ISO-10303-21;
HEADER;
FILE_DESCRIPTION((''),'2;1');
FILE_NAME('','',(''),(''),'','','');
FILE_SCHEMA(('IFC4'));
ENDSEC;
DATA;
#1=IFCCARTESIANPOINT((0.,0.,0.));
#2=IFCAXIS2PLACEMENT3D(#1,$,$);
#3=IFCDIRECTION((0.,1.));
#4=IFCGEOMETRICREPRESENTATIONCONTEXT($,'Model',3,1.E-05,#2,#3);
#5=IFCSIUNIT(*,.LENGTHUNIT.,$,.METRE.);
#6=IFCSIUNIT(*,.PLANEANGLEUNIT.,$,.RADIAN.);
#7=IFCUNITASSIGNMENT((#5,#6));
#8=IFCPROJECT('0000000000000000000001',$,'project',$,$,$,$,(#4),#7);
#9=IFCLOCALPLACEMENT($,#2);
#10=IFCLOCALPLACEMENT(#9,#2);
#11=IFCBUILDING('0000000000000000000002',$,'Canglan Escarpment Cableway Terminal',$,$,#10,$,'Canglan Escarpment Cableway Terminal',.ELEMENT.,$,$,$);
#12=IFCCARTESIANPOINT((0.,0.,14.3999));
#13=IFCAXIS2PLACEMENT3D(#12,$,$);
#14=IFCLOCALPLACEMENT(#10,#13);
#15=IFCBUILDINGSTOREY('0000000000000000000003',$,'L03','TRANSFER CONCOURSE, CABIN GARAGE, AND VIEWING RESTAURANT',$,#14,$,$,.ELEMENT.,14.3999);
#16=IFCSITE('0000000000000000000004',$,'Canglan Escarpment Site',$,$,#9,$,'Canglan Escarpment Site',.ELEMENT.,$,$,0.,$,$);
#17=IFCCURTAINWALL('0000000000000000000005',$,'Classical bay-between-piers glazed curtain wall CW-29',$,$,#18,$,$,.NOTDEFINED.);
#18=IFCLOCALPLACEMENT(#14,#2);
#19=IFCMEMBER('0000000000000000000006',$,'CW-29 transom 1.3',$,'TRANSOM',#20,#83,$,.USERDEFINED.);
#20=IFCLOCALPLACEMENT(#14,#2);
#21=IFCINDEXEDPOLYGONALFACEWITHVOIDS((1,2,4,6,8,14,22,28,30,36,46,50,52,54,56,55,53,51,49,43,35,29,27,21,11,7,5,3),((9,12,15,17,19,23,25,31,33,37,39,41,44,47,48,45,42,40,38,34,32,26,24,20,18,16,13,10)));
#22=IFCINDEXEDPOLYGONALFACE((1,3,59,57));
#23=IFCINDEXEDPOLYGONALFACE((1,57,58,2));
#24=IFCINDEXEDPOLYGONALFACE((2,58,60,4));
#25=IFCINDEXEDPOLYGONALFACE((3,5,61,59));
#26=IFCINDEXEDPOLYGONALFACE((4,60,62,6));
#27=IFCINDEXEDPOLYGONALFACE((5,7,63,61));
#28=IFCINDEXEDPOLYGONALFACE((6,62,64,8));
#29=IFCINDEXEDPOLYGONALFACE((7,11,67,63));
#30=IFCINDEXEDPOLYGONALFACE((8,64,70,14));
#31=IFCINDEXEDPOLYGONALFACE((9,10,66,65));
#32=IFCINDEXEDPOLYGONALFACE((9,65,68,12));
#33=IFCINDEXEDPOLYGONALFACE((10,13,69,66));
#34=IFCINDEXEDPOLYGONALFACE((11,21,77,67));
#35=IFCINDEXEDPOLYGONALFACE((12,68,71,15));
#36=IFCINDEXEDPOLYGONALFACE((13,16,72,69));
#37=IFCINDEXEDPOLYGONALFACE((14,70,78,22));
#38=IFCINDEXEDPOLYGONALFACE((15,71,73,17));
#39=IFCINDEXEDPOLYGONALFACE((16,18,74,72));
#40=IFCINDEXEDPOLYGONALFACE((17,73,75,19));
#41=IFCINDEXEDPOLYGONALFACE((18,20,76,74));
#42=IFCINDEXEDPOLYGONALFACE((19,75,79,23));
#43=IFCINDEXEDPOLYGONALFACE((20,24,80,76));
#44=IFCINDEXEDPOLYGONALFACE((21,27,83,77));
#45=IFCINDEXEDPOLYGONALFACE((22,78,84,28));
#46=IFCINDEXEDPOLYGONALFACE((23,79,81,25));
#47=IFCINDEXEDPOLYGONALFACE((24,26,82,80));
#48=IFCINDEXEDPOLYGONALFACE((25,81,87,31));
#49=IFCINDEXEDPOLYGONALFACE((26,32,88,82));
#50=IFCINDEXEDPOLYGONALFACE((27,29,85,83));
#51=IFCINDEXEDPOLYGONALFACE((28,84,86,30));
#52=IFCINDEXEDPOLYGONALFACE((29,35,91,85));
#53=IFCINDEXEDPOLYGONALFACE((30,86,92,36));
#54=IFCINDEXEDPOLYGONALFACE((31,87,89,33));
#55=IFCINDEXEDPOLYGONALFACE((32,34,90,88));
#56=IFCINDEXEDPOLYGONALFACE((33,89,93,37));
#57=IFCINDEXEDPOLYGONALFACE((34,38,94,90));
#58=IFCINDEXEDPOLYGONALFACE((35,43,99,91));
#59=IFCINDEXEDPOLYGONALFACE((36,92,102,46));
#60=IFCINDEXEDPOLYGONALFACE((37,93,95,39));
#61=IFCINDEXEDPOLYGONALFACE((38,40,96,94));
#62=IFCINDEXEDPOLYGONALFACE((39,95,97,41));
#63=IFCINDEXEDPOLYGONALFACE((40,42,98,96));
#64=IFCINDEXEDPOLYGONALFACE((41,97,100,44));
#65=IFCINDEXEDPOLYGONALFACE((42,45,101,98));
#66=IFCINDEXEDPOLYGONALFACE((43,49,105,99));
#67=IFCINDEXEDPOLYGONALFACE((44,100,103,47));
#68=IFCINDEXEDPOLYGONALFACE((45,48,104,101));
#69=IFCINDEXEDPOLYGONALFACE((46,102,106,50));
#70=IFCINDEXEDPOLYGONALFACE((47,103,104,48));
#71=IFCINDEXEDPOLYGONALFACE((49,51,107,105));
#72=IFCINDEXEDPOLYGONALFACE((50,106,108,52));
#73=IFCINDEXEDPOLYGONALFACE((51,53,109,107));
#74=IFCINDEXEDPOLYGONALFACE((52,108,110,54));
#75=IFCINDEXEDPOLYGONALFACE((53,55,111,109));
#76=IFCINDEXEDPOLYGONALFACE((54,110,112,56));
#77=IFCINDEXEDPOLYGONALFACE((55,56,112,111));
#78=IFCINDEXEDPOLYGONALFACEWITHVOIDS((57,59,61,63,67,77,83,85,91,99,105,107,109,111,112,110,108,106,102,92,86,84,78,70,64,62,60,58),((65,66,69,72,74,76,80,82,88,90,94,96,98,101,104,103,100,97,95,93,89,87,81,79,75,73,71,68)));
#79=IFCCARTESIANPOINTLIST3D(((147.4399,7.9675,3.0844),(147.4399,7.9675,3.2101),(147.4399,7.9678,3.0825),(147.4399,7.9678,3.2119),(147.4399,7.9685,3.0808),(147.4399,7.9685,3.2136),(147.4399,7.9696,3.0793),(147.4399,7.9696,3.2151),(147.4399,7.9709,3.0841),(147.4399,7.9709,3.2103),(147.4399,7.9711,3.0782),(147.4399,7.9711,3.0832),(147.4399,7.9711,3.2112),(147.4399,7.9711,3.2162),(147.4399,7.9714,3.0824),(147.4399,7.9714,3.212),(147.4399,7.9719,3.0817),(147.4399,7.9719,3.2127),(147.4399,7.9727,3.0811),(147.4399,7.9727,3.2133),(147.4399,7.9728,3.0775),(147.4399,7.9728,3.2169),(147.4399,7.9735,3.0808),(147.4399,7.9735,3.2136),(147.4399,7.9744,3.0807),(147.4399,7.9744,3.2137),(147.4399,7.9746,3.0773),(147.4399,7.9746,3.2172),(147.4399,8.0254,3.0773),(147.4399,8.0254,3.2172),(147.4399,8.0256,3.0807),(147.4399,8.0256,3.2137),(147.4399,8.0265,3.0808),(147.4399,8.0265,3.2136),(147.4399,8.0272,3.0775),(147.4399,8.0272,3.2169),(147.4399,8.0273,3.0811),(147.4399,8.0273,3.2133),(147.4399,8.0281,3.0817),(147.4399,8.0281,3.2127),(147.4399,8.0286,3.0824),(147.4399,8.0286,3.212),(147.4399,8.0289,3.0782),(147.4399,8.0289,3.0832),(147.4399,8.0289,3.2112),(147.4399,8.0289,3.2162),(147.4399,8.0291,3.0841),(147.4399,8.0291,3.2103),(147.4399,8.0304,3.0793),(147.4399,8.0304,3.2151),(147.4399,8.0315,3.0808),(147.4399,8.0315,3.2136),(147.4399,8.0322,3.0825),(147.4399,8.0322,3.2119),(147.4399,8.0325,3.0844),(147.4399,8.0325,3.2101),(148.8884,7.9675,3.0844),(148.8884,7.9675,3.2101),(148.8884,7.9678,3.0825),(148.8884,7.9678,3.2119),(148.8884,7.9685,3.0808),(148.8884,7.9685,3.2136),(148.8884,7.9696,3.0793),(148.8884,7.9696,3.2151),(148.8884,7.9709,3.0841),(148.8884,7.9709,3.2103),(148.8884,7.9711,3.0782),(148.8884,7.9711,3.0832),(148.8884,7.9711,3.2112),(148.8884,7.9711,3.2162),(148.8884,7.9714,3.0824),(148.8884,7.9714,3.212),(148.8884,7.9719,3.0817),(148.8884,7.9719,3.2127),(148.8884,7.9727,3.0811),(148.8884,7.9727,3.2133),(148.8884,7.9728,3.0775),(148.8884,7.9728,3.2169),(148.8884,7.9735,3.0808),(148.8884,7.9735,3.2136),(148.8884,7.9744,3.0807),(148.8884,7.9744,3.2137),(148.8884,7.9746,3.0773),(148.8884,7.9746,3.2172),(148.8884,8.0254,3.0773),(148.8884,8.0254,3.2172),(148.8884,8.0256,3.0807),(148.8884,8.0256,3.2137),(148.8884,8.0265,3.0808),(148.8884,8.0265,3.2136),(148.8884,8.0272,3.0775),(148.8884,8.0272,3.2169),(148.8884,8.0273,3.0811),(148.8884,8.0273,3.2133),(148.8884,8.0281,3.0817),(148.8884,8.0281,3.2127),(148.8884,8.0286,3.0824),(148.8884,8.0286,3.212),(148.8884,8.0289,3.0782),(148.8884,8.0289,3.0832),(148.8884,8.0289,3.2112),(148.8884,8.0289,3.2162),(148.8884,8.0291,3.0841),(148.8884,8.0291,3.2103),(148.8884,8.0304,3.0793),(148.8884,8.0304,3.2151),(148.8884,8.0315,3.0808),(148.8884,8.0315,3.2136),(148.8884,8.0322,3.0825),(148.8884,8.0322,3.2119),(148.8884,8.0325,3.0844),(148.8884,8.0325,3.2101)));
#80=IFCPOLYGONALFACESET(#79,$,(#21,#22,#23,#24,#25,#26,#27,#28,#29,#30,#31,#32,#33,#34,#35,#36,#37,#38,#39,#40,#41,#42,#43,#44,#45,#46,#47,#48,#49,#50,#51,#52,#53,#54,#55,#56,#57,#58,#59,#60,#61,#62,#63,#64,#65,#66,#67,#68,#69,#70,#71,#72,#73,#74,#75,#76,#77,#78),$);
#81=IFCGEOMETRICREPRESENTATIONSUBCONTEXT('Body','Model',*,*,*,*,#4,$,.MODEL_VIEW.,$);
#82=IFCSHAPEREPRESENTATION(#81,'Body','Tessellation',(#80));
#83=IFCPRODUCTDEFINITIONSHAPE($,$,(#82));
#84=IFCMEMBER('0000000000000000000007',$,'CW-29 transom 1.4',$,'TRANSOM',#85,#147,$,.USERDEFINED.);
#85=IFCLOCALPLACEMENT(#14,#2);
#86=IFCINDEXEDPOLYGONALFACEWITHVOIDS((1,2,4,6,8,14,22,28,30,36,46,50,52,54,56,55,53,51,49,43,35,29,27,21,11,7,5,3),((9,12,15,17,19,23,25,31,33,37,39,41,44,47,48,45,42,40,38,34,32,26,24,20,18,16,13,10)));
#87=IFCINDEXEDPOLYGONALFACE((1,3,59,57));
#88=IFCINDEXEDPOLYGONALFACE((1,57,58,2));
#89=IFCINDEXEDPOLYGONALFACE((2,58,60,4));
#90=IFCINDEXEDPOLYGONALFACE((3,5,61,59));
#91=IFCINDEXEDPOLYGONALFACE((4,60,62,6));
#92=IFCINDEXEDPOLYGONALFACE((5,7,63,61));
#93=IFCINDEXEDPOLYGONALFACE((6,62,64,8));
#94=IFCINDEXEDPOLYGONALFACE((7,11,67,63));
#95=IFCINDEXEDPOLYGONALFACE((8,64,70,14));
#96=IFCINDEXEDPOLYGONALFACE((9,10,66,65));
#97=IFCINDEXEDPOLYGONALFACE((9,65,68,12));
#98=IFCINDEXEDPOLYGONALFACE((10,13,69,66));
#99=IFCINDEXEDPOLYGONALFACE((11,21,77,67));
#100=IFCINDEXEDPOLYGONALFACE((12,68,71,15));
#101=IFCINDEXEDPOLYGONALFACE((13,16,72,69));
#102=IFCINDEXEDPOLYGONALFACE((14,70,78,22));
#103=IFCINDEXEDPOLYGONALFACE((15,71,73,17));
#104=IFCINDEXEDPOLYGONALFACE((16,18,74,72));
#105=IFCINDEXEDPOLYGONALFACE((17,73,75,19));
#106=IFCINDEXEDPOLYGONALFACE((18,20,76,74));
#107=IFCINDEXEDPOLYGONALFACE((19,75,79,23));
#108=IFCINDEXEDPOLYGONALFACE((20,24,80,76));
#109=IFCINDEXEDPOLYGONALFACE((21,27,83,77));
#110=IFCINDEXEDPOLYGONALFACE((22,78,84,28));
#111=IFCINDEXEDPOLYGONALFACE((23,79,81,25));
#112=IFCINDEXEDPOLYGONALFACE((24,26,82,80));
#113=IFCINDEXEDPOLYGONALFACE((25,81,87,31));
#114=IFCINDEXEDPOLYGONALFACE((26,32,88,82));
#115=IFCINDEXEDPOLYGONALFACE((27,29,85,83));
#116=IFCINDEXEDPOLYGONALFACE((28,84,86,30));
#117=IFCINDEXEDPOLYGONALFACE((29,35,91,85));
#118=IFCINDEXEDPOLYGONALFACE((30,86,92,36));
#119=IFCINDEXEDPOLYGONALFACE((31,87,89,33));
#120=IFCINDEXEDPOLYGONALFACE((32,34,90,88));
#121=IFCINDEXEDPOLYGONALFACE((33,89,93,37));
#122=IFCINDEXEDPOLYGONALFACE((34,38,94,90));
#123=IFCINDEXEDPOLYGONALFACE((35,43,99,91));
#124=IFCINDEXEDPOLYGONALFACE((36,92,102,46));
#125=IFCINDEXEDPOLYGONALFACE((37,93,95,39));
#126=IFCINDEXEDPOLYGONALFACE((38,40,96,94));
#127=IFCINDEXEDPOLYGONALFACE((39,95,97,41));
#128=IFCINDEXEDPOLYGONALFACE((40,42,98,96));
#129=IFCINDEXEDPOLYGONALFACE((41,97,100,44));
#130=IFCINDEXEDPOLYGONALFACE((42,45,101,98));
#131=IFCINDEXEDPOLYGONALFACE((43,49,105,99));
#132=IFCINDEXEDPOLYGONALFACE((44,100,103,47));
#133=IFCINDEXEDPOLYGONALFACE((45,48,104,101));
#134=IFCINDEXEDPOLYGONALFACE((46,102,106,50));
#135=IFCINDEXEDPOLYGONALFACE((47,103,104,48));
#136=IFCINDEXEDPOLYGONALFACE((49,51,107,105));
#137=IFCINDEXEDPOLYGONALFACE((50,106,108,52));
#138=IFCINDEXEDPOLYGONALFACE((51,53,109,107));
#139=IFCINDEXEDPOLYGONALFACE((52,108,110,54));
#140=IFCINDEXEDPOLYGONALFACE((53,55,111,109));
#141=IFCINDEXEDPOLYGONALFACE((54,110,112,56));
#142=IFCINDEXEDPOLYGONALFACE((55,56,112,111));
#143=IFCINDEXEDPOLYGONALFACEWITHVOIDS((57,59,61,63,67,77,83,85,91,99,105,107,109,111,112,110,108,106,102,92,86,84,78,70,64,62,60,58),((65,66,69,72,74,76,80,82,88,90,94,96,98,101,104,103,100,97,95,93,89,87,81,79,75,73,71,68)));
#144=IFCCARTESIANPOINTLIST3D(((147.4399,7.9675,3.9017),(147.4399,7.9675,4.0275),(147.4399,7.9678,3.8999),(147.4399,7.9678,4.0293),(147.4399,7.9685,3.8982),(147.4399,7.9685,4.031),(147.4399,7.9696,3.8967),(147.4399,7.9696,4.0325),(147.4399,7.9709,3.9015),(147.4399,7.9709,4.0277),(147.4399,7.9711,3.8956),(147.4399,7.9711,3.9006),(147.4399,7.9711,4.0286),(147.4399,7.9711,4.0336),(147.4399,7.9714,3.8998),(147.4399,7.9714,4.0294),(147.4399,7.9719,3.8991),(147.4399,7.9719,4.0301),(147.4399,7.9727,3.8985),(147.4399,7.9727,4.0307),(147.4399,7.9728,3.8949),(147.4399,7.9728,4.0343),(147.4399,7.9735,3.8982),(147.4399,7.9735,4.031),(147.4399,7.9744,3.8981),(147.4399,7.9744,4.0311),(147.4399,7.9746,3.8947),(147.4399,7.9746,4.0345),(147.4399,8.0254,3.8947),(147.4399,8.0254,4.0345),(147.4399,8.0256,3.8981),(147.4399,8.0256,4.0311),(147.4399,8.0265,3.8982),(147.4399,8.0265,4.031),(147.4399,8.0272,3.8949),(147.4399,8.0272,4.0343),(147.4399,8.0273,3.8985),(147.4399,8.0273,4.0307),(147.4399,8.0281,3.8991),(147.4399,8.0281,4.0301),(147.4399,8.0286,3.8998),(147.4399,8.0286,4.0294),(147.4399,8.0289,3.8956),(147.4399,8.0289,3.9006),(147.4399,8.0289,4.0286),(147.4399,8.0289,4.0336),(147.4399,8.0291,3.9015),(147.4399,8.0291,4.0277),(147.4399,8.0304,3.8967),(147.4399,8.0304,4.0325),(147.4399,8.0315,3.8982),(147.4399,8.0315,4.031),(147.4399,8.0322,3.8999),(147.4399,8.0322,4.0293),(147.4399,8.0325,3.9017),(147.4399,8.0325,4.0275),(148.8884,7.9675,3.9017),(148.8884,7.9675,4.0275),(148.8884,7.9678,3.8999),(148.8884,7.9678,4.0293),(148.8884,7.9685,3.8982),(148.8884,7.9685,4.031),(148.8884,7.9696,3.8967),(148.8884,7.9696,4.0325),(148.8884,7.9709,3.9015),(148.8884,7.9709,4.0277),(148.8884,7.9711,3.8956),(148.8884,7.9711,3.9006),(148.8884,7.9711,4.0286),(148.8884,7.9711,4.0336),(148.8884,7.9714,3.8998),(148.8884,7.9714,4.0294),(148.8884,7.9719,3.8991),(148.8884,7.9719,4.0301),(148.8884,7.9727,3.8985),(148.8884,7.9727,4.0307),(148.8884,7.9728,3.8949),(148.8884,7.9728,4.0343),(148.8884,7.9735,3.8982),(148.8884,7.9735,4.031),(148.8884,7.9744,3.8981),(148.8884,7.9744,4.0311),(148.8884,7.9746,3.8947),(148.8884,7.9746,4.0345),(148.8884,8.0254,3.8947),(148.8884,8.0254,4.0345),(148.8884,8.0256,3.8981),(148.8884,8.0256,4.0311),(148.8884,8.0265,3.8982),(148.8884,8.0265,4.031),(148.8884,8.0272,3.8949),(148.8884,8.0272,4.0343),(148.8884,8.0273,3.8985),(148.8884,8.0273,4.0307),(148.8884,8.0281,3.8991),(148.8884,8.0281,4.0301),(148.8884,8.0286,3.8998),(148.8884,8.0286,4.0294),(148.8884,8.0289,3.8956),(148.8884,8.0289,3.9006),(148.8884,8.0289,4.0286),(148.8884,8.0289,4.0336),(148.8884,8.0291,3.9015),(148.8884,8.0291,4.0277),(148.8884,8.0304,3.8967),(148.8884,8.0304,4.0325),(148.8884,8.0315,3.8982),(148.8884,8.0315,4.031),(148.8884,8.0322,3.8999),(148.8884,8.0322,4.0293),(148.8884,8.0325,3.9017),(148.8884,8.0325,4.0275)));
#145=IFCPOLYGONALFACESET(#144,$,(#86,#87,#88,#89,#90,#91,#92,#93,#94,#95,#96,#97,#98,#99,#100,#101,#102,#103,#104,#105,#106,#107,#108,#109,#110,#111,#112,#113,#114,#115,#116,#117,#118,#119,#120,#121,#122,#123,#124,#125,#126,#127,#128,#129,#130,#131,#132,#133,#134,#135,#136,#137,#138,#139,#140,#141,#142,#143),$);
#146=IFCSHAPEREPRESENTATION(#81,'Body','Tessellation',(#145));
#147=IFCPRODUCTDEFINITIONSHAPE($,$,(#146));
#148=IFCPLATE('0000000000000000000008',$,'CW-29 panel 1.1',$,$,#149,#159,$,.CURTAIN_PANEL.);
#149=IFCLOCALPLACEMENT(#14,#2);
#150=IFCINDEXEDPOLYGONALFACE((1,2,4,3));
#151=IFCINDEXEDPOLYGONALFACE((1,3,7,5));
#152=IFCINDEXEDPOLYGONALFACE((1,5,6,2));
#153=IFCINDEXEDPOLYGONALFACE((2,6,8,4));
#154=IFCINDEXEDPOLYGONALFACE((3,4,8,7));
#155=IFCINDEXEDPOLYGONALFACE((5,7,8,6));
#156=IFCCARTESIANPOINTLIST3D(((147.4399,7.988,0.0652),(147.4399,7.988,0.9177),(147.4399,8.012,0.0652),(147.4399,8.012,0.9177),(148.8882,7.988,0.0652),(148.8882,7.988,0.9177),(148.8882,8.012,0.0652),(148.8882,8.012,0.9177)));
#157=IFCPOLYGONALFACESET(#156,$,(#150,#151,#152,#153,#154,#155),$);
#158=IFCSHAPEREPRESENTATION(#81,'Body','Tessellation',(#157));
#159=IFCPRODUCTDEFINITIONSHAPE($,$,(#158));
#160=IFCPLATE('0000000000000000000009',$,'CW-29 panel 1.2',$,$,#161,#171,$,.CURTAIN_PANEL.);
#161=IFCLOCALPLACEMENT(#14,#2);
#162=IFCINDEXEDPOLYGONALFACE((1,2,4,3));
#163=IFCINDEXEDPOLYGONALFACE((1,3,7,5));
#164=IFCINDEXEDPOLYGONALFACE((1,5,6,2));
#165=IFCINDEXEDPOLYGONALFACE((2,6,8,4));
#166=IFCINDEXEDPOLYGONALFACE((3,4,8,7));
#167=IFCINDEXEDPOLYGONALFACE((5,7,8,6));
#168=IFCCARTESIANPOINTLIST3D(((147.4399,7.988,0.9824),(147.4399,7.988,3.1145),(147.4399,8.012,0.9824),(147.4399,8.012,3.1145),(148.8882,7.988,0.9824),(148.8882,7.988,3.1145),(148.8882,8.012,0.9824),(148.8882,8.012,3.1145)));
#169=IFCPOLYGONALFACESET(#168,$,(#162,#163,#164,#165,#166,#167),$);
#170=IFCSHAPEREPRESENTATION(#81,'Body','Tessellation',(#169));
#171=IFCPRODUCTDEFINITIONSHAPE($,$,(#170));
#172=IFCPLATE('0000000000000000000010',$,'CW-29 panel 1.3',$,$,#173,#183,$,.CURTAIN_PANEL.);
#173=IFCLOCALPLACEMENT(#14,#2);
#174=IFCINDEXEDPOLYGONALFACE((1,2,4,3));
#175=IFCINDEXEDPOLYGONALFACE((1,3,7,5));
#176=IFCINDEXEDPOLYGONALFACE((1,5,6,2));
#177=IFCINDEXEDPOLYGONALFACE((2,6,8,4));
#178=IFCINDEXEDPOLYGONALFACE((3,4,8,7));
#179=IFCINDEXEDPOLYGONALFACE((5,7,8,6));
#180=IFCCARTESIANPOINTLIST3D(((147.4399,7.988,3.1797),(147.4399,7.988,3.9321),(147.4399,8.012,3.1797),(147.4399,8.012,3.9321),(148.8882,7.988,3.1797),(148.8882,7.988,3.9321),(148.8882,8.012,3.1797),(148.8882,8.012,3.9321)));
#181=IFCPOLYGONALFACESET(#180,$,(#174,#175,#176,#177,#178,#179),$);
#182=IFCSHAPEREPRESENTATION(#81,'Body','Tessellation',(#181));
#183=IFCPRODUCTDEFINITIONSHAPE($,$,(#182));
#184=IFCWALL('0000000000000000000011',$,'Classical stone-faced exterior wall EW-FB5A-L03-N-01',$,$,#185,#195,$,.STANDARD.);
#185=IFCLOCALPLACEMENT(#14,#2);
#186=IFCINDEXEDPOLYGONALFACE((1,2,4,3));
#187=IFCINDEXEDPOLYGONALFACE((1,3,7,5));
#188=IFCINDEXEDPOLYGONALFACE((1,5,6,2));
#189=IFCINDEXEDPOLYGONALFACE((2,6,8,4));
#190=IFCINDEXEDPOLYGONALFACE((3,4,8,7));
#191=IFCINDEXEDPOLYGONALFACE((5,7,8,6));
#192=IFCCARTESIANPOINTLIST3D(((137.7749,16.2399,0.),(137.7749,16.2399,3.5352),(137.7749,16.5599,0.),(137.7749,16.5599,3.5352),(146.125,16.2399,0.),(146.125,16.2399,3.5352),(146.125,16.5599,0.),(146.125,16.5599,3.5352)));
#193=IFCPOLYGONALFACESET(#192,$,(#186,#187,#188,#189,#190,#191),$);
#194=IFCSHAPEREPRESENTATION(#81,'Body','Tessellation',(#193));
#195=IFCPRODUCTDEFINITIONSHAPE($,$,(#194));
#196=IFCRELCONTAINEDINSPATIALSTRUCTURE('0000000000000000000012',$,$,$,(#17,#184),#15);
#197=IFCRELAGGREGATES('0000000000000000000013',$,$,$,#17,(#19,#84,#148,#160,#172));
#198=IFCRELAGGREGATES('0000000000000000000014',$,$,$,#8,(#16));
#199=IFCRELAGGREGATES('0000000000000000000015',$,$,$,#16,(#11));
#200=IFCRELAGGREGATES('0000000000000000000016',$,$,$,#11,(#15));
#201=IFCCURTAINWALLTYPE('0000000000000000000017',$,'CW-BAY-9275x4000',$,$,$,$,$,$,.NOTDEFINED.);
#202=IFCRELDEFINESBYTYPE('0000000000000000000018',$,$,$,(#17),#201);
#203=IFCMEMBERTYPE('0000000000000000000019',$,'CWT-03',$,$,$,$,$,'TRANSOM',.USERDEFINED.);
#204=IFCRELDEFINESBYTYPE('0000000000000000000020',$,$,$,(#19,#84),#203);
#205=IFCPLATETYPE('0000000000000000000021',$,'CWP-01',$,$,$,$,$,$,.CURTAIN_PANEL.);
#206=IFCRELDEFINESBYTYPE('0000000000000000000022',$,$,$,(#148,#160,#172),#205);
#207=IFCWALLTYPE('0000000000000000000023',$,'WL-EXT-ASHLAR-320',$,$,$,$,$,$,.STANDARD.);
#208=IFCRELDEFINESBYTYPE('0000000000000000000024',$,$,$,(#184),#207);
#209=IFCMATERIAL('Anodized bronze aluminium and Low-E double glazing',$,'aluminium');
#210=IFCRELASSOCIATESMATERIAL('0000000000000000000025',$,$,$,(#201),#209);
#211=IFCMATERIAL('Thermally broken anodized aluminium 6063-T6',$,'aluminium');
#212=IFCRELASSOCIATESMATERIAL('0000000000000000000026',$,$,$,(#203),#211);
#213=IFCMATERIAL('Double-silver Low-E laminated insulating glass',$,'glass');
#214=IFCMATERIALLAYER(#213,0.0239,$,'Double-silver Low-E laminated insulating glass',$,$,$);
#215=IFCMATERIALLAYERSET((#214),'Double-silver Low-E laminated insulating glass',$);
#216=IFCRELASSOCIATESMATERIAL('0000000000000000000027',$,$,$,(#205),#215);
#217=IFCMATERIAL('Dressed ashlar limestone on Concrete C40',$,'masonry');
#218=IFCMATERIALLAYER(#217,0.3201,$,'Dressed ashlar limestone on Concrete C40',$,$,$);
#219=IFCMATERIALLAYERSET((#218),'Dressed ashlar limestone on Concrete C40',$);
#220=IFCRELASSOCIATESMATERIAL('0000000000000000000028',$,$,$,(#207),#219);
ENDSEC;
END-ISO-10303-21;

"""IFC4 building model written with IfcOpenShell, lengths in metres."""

from ifc_helpers import new_model, si_unit, direction, frame, frame_2d, origin, origin_2d, place, context, subcontext, project, spatial, rectangle, hollow_rectangle, extrude, material, layer, layer_set, material_profile, profile_set, type_object, element, aggregate, save


model = new_model("IFC4")

# Units and contexts
model_context = context("Model", 3, precision=1e-05, world=origin(), true_north=direction((0.0, 1.0)))
body_context = subcontext(model_context, "Body", "Model", "MODEL_VIEW")
ifc_project = project(units=[si_unit("LENGTHUNIT", "METRE"), si_unit("PLANEANGLEUNIT", "RADIAN")], contexts=[model_context])

# Site, building, storey
site_placement = place(None, origin())
site = spatial("IfcSite", under=ifc_project, at=site_placement, Name="Canglan Escarpment Site", LongName="Canglan Escarpment Site", CompositionType="ELEMENT", RefElevation=0.0)
building_placement = place(site_placement, origin())
building = spatial("IfcBuilding", under=site, at=building_placement, Name="Canglan Escarpment Cableway Terminal", LongName="Canglan Escarpment Cableway Terminal", CompositionType="ELEMENT")
storey_placement = place(building_placement, frame((0.0, 0.0, 14.3999)))
storey = spatial("IfcBuildingStorey", under=building, at=storey_placement, Name="L03", Description="TRANSFER CONCOURSE, CABIN GARAGE, AND VIEWING RESTAURANT", CompositionType="ELEMENT", Elevation=14.3999)

# Curtain wall, members, plates
ifc_material_1 = material(Name="Anodized bronze aluminium and Low-E double glazing", Category="aluminium")
curtain_wall_type = type_object("IfcCurtainWallType", Name="CW-BAY-9275x4000", PredefinedType="NOTDEFINED", material=ifc_material_1)
curtain_wall_placement = place(storey_placement, origin())
curtain_wall = element("IfcCurtainWall", 1, at=curtain_wall_placement, inside=storey, type_object=curtain_wall_type, Name="Classical bay-between-piers glazed curtain wall CW-29", PredefinedType="NOTDEFINED")
ifc_material_2 = material(Name="Thermally broken anodized aluminium 6063-T6", Category="aluminium")
ifc_material_profile_1 = material_profile(ifc_material_2, hollow_rectangle(XDim=0.0649, YDim=0.1399, WallThickness=0.0034, InnerFilletRadius=0.0034, OuterFilletRadius=0.0071, at=origin_2d()), Name="ALU-TRAN 65x140x3.5")
ifc_profile_set_1 = profile_set([ifc_material_profile_1], Name="Thermally broken anodized aluminium 6063-T6")
member_type_1 = type_object("IfcMemberType", Name="CWT-03", ElementType="TRANSOM", PredefinedType="USERDEFINED", material=ifc_profile_set_1)
member_1_placement = place(storey_placement, frame((147.4399, 8.0, 3.1472), z_axis=(1.0, 0.0, 0.0), x_axis=(0.0, 1.0, 0.0)))
member_1 = element("IfcMember", 2, at=member_1_placement, type_object=member_type_1, Name="CW-29 transom 1.3", ObjectType="TRANSOM", PredefinedType="USERDEFINED", context=body_context, shape_type="SweptSolid", body=[
    extrude(hollow_rectangle(XDim=0.0649, YDim=0.1399, WallThickness=0.0034, InnerFilletRadius=0.0034, OuterFilletRadius=0.0071, at=origin_2d()), origin(), (0.0, 0.0, 1.0), 1.4485),
])
member_2_placement = place(storey_placement, frame((147.4399, 8.0, 3.9646), z_axis=(1.0, 0.0, 0.0), x_axis=(0.0, 1.0, 0.0)))
member_2 = element("IfcMember", 3, at=member_2_placement, type_object=member_type_1, Name="CW-29 transom 1.4", ObjectType="TRANSOM", PredefinedType="USERDEFINED", context=body_context, shape_type="SweptSolid", body=[
    extrude(hollow_rectangle(XDim=0.0649, YDim=0.1399, WallThickness=0.0034, InnerFilletRadius=0.0034, OuterFilletRadius=0.0071, at=origin_2d()), origin(), (0.0, 0.0, 1.0), 1.4485),
])
ifc_material_3 = material(Name="Double-silver Low-E laminated insulating glass", Category="glass")
ifc_layer_1 = layer(ifc_material_3, 0.0239, Name="Double-silver Low-E laminated insulating glass")
ifc_layer_set_1 = layer_set([ifc_layer_1], Name="Double-silver Low-E laminated insulating glass")
plate_type = type_object("IfcPlateType", Name="CWP-01", PredefinedType="CURTAIN_PANEL", material=ifc_layer_set_1)
plate_1_placement = place(storey_placement, frame((148.1641, 8.0, 0.0652), z_axis=(0.0, 0.0, 1.0), x_axis=(1.0, 0.0, 0.0)))
plate_1 = element("IfcPlate", 4, at=plate_1_placement, type_object=plate_type, Name="CW-29 panel 1.1", PredefinedType="CURTAIN_PANEL", context=body_context, shape_type="SweptSolid", body=[
    extrude(rectangle(XDim=1.4482, YDim=0.0239, at=origin_2d()), origin(), (0.0, 0.0, 1.0), 0.8525),
])
plate_2_placement = place(storey_placement, frame((148.1641, 8.0, 0.9824), z_axis=(0.0, 0.0, 1.0), x_axis=(1.0, 0.0, 0.0)))
plate_2 = element("IfcPlate", 5, at=plate_2_placement, type_object=plate_type, Name="CW-29 panel 1.2", PredefinedType="CURTAIN_PANEL", context=body_context, shape_type="SweptSolid", body=[
    extrude(rectangle(XDim=1.4482, YDim=0.0239, at=origin_2d()), origin(), (0.0, 0.0, 1.0), 2.1321),
])
plate_3_placement = place(storey_placement, frame((148.1641, 8.0, 3.1797), z_axis=(0.0, 0.0, 1.0), x_axis=(1.0, 0.0, 0.0)))
plate_3 = element("IfcPlate", 6, at=plate_3_placement, type_object=plate_type, Name="CW-29 panel 1.3", PredefinedType="CURTAIN_PANEL", context=body_context, shape_type="SweptSolid", body=[
    extrude(rectangle(XDim=1.4482, YDim=0.0239, at=origin_2d()), origin(), (0.0, 0.0, 1.0), 0.7524),
])
aggregate(curtain_wall, [member_1, member_2, plate_1, plate_2, plate_3])

# Wall
ifc_material_4 = material(Name="Dressed ashlar limestone on Concrete C40", Category="masonry")
ifc_layer_2 = layer(ifc_material_4, 0.3201, Name="Dressed ashlar limestone on Concrete C40")
ifc_layer_set_2 = layer_set([ifc_layer_2], Name="Dressed ashlar limestone on Concrete C40")
wall_type_1 = type_object("IfcWallType", Name="WL-EXT-ASHLAR-320", PredefinedType="STANDARD", material=ifc_layer_set_2)
wall_1_placement = place(storey_placement, frame((146.125, 16.3999, 0.0), z_axis=(0.0, 0.0, 1.0), x_axis=(-1.0, 0.0, 0.0)))
element("IfcWall", 7, at=wall_1_placement, inside=storey, type_object=wall_type_1, Name="Classical stone-faced exterior wall EW-FB5A-L03-N-01", PredefinedType="STANDARD", context=body_context, shape_type="SweptSolid", body=[
    extrude(rectangle(XDim=8.3501, YDim=0.3201, at=frame_2d((4.175, 0.0))), origin(), (0.0, 0.0, 1.0), 3.5352),
])

save(model, "model.ifc")
